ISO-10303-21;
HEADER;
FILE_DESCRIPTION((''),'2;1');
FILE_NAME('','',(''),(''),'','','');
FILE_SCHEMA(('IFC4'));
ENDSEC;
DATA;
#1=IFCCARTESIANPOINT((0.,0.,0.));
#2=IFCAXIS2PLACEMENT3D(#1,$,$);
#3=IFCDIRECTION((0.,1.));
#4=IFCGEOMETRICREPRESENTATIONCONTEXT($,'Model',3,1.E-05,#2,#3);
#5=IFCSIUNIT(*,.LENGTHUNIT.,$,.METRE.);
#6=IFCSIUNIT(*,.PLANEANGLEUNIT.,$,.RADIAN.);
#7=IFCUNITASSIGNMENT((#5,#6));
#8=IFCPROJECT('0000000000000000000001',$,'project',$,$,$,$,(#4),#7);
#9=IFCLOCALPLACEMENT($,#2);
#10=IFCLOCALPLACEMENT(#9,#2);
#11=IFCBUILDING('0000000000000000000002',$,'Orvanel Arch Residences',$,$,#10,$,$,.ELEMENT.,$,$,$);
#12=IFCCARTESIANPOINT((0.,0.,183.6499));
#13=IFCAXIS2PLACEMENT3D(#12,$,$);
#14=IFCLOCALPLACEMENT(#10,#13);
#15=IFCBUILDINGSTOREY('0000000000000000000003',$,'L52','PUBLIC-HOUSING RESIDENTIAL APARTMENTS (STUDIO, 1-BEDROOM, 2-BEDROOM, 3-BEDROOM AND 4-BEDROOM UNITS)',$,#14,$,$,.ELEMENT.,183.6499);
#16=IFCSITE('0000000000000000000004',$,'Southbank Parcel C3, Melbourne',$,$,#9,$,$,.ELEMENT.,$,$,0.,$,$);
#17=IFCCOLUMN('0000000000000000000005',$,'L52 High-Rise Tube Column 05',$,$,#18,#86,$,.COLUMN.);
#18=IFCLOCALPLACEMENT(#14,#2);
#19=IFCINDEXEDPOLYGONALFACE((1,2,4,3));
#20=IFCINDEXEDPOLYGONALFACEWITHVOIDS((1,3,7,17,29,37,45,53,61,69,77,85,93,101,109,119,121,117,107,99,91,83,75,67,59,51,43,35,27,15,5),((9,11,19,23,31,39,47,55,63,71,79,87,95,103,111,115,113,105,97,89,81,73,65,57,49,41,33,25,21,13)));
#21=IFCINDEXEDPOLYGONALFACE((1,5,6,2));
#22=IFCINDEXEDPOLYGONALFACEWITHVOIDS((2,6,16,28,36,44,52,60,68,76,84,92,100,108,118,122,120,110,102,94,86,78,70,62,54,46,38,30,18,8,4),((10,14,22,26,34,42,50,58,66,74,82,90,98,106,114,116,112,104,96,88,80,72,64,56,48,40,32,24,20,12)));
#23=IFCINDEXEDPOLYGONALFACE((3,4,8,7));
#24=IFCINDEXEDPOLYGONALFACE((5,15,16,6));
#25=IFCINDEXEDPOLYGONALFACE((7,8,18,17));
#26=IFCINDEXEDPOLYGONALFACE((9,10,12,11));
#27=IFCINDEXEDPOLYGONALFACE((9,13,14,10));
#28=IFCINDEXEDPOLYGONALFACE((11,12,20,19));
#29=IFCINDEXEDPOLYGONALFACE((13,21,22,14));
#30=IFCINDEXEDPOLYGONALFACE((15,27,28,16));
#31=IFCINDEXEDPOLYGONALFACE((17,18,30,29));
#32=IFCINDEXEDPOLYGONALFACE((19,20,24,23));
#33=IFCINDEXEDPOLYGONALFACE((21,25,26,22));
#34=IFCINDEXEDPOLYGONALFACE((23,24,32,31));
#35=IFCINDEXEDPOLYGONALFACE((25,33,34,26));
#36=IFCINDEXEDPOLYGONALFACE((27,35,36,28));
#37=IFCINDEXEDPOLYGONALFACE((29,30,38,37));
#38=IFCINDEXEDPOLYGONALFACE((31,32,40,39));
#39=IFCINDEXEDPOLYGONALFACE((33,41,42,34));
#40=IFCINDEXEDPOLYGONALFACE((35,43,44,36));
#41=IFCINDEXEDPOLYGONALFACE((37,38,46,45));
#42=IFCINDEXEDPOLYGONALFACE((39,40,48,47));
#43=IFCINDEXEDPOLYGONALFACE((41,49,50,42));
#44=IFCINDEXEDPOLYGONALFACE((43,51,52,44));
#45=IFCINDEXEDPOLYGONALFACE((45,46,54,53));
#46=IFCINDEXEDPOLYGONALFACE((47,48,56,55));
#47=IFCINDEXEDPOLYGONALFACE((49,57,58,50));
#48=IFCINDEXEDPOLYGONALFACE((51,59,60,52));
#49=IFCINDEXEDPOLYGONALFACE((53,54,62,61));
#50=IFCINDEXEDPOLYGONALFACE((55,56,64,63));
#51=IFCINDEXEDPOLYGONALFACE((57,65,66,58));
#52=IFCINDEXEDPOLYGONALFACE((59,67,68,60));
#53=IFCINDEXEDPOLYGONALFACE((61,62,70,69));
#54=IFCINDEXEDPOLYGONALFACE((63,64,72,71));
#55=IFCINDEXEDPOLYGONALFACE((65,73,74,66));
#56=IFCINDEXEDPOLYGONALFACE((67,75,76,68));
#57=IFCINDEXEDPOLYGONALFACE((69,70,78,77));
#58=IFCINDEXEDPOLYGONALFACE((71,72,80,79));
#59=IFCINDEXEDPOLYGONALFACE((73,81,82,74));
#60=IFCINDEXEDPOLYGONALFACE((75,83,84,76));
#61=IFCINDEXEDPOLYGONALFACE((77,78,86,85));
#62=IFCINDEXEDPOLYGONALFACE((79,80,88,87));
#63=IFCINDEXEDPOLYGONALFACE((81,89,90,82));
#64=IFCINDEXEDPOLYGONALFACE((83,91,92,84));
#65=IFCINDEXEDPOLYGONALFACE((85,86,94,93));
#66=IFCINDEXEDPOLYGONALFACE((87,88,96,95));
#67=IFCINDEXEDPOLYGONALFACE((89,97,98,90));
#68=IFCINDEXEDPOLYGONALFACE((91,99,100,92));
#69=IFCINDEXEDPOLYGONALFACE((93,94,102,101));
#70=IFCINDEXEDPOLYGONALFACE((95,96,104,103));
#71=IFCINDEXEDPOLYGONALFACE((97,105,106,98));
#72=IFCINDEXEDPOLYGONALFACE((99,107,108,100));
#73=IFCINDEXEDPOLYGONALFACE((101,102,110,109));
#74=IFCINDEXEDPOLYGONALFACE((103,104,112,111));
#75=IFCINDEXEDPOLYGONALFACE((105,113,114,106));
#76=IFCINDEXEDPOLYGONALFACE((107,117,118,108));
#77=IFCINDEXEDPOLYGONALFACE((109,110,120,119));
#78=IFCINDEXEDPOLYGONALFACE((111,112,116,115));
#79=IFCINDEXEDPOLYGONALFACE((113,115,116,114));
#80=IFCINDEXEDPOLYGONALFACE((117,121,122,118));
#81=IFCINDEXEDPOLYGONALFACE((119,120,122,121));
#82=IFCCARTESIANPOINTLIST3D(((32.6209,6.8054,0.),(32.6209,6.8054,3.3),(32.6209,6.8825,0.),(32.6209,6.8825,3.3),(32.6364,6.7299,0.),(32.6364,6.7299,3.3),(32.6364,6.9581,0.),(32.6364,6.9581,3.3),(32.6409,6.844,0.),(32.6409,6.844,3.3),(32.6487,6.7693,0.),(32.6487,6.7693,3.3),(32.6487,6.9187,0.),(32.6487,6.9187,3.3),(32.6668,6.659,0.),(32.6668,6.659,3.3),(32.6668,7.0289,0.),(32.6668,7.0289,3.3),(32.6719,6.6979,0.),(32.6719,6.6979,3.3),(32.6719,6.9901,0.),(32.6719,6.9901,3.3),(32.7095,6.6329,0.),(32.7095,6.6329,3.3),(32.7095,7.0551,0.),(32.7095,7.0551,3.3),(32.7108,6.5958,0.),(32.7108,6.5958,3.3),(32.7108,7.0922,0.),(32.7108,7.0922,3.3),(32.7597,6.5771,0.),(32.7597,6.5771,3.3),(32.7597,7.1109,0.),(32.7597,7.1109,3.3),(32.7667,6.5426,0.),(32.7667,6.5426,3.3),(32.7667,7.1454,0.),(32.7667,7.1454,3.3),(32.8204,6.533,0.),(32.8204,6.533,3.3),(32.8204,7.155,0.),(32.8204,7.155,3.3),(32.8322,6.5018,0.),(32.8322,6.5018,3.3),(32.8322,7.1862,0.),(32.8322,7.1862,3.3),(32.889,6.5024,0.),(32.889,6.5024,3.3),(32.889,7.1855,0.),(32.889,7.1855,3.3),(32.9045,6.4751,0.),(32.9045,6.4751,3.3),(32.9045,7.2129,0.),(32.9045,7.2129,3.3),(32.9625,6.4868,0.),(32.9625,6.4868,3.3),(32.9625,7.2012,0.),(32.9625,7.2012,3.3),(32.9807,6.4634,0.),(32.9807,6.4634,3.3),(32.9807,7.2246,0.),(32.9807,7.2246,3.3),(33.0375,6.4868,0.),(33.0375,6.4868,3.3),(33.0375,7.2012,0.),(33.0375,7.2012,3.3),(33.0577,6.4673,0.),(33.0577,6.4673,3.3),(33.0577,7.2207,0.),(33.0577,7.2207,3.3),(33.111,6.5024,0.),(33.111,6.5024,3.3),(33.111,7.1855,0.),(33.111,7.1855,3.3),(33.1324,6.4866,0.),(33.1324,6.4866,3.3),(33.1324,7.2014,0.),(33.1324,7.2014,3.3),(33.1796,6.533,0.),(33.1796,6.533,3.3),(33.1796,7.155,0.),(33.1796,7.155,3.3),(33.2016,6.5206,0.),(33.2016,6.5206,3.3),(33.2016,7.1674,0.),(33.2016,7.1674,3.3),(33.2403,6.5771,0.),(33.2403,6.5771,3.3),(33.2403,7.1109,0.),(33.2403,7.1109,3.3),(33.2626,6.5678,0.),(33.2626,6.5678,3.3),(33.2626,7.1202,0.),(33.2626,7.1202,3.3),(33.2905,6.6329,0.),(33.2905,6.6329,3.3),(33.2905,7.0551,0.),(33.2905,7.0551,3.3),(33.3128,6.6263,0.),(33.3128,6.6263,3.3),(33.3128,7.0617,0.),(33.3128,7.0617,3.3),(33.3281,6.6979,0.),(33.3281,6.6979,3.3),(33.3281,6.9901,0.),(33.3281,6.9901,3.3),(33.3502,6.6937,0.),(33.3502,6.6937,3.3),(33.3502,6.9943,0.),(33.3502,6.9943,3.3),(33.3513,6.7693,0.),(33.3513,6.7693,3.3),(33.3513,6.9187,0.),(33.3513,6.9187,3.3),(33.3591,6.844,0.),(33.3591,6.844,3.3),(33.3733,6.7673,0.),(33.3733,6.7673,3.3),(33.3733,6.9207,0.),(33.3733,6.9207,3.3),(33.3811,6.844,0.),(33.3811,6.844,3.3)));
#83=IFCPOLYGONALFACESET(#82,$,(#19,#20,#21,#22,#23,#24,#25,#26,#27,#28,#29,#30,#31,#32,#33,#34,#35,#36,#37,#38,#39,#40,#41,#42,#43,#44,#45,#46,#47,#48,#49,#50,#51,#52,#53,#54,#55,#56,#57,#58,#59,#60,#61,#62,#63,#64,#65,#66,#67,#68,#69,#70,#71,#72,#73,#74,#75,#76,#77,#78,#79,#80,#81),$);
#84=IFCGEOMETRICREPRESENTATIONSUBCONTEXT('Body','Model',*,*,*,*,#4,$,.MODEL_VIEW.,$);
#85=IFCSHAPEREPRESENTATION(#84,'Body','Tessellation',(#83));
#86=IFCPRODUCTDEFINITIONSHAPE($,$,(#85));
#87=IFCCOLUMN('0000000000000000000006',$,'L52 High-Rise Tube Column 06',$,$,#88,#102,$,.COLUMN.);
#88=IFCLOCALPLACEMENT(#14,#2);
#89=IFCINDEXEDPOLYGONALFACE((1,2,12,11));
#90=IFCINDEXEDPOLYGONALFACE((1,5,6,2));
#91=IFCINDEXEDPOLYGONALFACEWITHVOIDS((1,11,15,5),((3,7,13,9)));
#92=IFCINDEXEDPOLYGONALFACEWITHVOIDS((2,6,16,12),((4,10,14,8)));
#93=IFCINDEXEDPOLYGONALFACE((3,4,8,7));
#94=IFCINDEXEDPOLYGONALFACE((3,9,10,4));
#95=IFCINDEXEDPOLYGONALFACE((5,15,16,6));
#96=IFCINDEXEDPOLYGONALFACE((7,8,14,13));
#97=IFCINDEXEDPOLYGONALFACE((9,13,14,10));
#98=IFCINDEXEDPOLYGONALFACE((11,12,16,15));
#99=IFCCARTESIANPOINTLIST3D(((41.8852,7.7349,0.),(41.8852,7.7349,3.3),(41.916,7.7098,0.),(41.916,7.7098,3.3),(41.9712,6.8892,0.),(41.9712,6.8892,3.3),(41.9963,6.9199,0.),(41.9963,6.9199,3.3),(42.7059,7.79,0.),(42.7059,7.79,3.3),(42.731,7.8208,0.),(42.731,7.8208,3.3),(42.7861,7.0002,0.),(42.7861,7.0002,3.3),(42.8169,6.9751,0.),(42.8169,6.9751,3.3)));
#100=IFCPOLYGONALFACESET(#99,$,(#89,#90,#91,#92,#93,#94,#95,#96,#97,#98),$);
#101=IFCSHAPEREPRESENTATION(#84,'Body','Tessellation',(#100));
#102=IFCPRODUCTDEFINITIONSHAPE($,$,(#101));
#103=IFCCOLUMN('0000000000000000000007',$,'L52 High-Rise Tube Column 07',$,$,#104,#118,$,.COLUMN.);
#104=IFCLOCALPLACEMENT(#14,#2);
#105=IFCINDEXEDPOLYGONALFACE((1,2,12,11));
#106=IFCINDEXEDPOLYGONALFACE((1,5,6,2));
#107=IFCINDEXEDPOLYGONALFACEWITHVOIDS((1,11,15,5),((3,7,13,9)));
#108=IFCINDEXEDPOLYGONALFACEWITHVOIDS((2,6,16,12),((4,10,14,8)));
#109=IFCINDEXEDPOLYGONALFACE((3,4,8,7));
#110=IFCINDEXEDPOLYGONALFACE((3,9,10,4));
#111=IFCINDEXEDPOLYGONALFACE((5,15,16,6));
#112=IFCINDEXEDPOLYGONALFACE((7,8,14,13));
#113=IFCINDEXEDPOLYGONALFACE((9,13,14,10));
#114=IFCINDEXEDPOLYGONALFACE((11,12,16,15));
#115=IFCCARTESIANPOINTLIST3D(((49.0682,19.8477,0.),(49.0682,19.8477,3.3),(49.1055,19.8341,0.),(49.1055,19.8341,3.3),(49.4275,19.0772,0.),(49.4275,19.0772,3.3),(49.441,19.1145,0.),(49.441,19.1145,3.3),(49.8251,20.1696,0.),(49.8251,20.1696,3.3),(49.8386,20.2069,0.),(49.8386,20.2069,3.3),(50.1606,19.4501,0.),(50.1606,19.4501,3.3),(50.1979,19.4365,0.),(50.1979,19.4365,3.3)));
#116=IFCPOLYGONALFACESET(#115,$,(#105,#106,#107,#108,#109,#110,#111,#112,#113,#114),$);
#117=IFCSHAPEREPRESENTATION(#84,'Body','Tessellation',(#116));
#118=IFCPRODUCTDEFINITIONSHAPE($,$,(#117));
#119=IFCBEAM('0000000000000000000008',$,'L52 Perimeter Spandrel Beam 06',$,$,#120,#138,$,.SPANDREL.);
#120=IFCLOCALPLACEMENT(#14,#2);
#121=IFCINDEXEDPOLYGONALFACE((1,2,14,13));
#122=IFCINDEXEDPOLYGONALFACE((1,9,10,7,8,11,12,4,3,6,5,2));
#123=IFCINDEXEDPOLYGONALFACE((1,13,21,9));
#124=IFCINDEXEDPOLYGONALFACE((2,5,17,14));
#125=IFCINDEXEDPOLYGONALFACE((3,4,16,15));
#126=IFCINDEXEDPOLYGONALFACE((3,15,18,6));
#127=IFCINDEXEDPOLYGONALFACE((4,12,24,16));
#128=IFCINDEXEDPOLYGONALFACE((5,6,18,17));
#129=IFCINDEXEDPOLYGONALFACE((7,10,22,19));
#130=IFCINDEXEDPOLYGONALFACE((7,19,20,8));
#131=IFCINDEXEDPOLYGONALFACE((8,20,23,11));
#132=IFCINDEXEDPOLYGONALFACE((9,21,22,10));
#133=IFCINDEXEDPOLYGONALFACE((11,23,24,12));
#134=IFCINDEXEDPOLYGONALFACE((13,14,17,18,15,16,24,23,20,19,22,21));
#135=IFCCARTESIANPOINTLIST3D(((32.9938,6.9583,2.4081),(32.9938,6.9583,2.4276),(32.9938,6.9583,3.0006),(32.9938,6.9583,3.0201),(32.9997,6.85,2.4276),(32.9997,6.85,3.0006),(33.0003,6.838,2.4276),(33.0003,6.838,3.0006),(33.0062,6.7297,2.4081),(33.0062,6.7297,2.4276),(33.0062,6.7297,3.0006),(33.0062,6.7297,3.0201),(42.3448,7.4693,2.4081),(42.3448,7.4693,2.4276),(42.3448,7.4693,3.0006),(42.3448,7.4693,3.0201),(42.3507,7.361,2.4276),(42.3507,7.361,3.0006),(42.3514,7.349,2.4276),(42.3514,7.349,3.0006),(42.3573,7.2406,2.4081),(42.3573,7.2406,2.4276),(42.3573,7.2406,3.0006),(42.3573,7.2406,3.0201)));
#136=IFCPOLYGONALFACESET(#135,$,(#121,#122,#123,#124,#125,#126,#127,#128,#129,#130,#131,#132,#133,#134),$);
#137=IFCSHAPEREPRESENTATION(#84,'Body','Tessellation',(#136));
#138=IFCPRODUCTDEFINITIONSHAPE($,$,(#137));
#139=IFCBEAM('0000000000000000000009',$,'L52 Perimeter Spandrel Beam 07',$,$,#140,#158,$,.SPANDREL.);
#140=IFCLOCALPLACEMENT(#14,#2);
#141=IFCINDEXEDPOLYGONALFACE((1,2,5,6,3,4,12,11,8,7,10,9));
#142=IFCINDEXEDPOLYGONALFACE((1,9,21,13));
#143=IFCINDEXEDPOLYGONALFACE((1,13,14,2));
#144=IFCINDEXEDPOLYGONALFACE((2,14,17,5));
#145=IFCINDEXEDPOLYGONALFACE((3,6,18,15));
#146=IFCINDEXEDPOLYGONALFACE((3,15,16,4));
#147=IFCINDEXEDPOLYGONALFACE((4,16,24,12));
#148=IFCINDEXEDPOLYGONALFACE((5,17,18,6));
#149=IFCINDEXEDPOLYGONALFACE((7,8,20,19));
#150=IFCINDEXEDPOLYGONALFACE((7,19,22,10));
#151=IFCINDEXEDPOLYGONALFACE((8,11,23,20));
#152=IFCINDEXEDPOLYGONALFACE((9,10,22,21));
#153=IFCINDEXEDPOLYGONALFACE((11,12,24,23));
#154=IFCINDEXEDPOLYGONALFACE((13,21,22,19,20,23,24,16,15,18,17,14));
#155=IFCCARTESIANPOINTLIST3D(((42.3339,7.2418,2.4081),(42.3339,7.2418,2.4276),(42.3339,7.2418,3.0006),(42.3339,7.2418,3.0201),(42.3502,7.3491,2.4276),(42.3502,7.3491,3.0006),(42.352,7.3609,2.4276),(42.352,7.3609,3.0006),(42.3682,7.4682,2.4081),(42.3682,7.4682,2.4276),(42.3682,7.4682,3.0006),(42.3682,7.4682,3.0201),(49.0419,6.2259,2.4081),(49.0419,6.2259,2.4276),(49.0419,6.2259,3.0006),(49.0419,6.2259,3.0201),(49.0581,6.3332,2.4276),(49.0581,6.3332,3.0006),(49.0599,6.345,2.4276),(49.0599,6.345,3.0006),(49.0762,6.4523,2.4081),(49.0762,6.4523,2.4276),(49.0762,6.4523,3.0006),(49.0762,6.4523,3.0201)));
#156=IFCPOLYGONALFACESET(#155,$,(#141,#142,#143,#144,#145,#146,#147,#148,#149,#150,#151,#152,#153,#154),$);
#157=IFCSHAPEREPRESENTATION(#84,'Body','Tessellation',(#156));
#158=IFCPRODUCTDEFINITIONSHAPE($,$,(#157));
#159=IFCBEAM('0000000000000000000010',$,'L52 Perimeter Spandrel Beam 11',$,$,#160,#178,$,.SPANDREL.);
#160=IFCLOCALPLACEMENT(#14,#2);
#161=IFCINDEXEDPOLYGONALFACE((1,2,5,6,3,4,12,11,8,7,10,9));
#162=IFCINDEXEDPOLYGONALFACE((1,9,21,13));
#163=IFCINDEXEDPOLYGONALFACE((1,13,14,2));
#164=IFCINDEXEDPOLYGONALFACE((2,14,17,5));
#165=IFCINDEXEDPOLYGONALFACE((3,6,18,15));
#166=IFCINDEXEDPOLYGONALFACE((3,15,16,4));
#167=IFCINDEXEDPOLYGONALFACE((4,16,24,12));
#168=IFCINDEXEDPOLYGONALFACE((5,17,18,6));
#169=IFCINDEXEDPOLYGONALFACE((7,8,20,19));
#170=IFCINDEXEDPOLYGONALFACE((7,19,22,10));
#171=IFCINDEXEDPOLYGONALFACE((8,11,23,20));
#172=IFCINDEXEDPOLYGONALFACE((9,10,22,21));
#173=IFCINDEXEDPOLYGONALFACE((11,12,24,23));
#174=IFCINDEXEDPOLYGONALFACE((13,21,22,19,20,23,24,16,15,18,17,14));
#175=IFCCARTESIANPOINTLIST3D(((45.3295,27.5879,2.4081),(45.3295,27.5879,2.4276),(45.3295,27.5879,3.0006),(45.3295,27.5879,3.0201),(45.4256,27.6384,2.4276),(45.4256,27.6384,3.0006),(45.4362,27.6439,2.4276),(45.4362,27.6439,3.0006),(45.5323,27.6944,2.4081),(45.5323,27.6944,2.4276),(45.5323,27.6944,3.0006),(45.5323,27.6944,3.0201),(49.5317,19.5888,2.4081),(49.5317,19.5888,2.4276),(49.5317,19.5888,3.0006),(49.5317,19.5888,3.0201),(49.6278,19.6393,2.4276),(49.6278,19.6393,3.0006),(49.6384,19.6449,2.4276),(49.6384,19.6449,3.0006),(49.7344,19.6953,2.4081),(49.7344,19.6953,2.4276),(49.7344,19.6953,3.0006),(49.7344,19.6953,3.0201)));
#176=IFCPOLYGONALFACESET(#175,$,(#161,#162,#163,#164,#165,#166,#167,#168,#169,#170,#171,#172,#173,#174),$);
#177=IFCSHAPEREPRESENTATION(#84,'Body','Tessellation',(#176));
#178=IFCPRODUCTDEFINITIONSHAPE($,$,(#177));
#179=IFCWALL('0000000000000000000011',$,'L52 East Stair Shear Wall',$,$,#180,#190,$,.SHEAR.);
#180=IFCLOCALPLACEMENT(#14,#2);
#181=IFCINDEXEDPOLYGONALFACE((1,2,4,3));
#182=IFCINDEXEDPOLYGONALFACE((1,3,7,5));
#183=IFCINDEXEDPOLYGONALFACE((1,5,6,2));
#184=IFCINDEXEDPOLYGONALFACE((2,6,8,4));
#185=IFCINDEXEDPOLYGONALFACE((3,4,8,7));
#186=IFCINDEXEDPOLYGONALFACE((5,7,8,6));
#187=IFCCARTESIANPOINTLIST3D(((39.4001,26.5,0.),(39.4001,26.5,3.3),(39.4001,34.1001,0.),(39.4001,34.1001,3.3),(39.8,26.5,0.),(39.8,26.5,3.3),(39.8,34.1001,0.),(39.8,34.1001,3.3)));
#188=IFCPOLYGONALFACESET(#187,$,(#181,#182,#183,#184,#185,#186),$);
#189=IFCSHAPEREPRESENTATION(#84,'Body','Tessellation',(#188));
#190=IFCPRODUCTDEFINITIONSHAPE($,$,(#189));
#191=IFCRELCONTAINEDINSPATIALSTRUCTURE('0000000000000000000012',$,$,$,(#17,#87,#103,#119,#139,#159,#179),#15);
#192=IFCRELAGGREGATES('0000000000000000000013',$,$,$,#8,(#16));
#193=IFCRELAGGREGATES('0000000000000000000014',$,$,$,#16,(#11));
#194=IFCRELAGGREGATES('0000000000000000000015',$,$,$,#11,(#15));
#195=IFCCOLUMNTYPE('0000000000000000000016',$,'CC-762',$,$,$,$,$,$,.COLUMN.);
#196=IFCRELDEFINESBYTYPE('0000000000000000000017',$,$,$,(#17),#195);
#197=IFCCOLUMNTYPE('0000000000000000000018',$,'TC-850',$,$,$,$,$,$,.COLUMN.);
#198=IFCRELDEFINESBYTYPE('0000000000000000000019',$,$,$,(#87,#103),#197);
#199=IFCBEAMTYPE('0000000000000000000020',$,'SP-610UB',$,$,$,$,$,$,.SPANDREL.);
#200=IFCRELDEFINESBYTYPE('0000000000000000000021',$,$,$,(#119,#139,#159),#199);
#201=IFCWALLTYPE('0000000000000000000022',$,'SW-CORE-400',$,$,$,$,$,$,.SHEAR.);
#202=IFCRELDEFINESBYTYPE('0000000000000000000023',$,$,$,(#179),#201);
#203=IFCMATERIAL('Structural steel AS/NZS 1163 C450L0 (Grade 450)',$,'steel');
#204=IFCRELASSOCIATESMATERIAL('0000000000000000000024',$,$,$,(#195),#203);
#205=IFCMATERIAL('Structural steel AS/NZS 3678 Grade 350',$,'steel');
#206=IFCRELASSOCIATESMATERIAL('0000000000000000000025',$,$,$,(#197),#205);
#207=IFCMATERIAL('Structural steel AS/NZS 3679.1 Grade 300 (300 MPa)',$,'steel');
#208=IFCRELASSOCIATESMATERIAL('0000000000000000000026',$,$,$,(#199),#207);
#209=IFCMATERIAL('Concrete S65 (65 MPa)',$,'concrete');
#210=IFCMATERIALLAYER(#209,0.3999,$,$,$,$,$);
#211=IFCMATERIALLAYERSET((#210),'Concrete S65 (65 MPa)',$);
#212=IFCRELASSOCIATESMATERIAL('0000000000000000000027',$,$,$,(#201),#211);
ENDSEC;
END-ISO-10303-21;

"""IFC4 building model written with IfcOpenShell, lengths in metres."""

from ifc_helpers import new_model, si_unit, direction, frame, frame_2d, origin, origin_2d, place, context, subcontext, project, spatial, rectangle, hollow_rectangle, hollow_circle, i_section, extrude, material, layer, layer_set, material_profile, profile_set, type_object, element, save


model = new_model("IFC4")

# Units and contexts
model_context = context("Model", 3, precision=1e-05, world=origin(), true_north=direction((0.0, 1.0)))
body_context = subcontext(model_context, "Body", "Model", "MODEL_VIEW")
ifc_project = project(units=[si_unit("LENGTHUNIT", "METRE"), si_unit("PLANEANGLEUNIT", "RADIAN")], contexts=[model_context])

# Site, building, storey
site_placement = place(None, origin())
site = spatial("IfcSite", under=ifc_project, at=site_placement, Name="Southbank Parcel C3, Melbourne", CompositionType="ELEMENT", RefElevation=0.0)
building_placement = place(site_placement, origin())
building = spatial("IfcBuilding", under=site, at=building_placement, Name="Orvanel Arch Residences", CompositionType="ELEMENT")
storey_placement = place(building_placement, frame((0.0, 0.0, 183.6499)))
storey = spatial("IfcBuildingStorey", under=building, at=storey_placement, Name="L52", Description="PUBLIC-HOUSING RESIDENTIAL APARTMENTS (STUDIO, 1-BEDROOM, 2-BEDROOM, 3-BEDROOM AND 4-BEDROOM UNITS)", CompositionType="ELEMENT", Elevation=183.6499)

# Columns
ifc_material_1 = material(Name="Structural steel AS/NZS 1163 C450L0 (Grade 450)", Category="steel")
ifc_material_profile_1 = material_profile(ifc_material_1, hollow_circle(Radius=0.3811, WallThickness=0.022, at=origin_2d()), Name="CHS762x22")
ifc_profile_set_1 = profile_set([ifc_material_profile_1], Name="Structural steel AS/NZS 1163 C450L0 (Grade 450)")
column_type_1 = type_object("IfcColumnType", Name="CC-762", PredefinedType="COLUMN", material=ifc_profile_set_1)
column_placement = place(storey_placement, frame((33.0, 6.844, 0.0), z_axis=(0.0, 0.0, 1.0), x_axis=(1.0, 0.0, 0.0)))
element("IfcColumn", 1, at=column_placement, inside=storey, type_object=column_type_1, Name="L52 High-Rise Tube Column 05", PredefinedType="COLUMN", context=body_context, shape_type="SweptSolid", body=[
    extrude(hollow_circle(Radius=0.3811, WallThickness=0.022, at=origin_2d()), origin(), (0.0, 0.0, 1.0), 3.3),
])
ifc_material_2 = material(Name="Structural steel AS/NZS 3678 Grade 350", Category="steel")
ifc_material_profile_2 = material_profile(ifc_material_2, hollow_rectangle(XDim=0.8501, YDim=0.8501, WallThickness=0.0281, at=origin_2d()), Name="BOX850x850x28")
ifc_profile_set_2 = profile_set([ifc_material_profile_2], Name="Structural steel AS/NZS 3678 Grade 350")
column_type_2 = type_object("IfcColumnType", Name="TC-850", PredefinedType="COLUMN", material=ifc_profile_set_2)
for number, where, z_axis, x_axis, name in (
    (2, (42.3511, 7.355, 0.0), (0.0, 0.0, 1.0), (0.994881, 0.101056, 0.0), "L52 High-Rise Tube Column 06"),
    (3, (49.6331, 19.6421, 0.0), (0.0, 0.0, 1.0), (-0.422618, 0.906308, 0.0), "L52 High-Rise Tube Column 07"),
):
    element("IfcColumn", number, at=place(storey_placement, frame(where, z_axis=z_axis, x_axis=x_axis)), inside=storey, type_object=column_type_2, Name=name, PredefinedType="COLUMN", context=body_context, shape_type="SweptSolid", body=[
        extrude(hollow_rectangle(XDim=0.8501, YDim=0.8501, WallThickness=0.0281, at=origin_2d()), origin(), (0.0, 0.0, 1.0), 3.3),
    ])

# Beams
ifc_material_3 = material(Name="Structural steel AS/NZS 3679.1 Grade 300 (300 MPa)", Category="steel")
ifc_material_profile_3 = material_profile(ifc_material_3, i_section(OverallWidth=0.229, OverallDepth=0.6121, WebThickness=0.012, FlangeThickness=0.0195, at=origin_2d()), Name="610UB125")
ifc_profile_set_3 = profile_set([ifc_material_profile_3], Name="Structural steel AS/NZS 3679.1 Grade 300 (300 MPa)")
beam_type = type_object("IfcBeamType", Name="SP-610UB", PredefinedType="SPANDREL", material=ifc_profile_set_3)
beam_1_placement = place(storey_placement, frame((33.0, 6.844, 2.7141), z_axis=(0.99851, 0.054563, 0.0), x_axis=(-0.054563, 0.99851, 0.0)))
element("IfcBeam", 4, at=beam_1_placement, inside=storey, type_object=beam_type, Name="L52 Perimeter Spandrel Beam 06", PredefinedType="SPANDREL", context=body_context, shape_type="SweptSolid", body=[
    extrude(i_section(OverallWidth=0.229, OverallDepth=0.6121, WebThickness=0.012, FlangeThickness=0.0195, at=origin_2d()), origin(), (0.0, 0.0, 1.0), 9.365),
])
beam_2_placement = place(storey_placement, frame((42.3511, 7.355, 2.7141), z_axis=(0.988726, -0.149734, 0.0), x_axis=(0.149734, 0.988726, 0.0)))
element("IfcBeam", 5, at=beam_2_placement, inside=storey, type_object=beam_type, Name="L52 Perimeter Spandrel Beam 07", PredefinedType="SPANDREL", context=body_context, shape_type="SweptSolid", body=[
    extrude(i_section(OverallWidth=0.229, OverallDepth=0.6121, WebThickness=0.012, FlangeThickness=0.0195, at=origin_2d()), origin(), (0.0, 0.0, 1.0), 6.7844),
])
beam_3_placement = place(storey_placement, frame((49.6331, 19.6421, 2.7141), z_axis=(-0.465065, 0.885277, 0.0), x_axis=(-0.885277, -0.465065, 0.0)))
element("IfcBeam", 6, at=beam_3_placement, inside=storey, type_object=beam_type, Name="L52 Perimeter Spandrel Beam 11", PredefinedType="SPANDREL", context=body_context, shape_type="SweptSolid", body=[
    extrude(i_section(OverallWidth=0.229, OverallDepth=0.6121, WebThickness=0.012, FlangeThickness=0.0195, at=origin_2d()), origin(), (0.0, 0.0, 1.0), 9.0356),
])

# Shared definitions
ifc_material_4 = material(Name="Concrete S65 (65 MPa)", Category="concrete")

# Wall
ifc_layer_1 = layer(ifc_material_4, 0.3999)
ifc_layer_set_1 = layer_set([ifc_layer_1], Name="Concrete S65 (65 MPa)")
wall_type_1 = type_object("IfcWallType", Name="SW-CORE-400", PredefinedType="SHEAR", material=ifc_layer_set_1)
wall_1_placement = place(storey_placement, frame((39.6001, 26.5, 0.0), z_axis=(0.0, 0.0, 1.0), x_axis=(0.0, 1.0, 0.0)))
element("IfcWall", 7, at=wall_1_placement, inside=storey, type_object=wall_type_1, Name="L52 East Stair Shear Wall", PredefinedType="SHEAR", context=body_context, shape_type="SweptSolid", body=[
    extrude(rectangle(XDim=7.6001, YDim=0.3999, at=frame_2d((3.8, 0.0))), origin(), (0.0, 0.0, 1.0), 3.3),
])

save(model, "model.ifc")
